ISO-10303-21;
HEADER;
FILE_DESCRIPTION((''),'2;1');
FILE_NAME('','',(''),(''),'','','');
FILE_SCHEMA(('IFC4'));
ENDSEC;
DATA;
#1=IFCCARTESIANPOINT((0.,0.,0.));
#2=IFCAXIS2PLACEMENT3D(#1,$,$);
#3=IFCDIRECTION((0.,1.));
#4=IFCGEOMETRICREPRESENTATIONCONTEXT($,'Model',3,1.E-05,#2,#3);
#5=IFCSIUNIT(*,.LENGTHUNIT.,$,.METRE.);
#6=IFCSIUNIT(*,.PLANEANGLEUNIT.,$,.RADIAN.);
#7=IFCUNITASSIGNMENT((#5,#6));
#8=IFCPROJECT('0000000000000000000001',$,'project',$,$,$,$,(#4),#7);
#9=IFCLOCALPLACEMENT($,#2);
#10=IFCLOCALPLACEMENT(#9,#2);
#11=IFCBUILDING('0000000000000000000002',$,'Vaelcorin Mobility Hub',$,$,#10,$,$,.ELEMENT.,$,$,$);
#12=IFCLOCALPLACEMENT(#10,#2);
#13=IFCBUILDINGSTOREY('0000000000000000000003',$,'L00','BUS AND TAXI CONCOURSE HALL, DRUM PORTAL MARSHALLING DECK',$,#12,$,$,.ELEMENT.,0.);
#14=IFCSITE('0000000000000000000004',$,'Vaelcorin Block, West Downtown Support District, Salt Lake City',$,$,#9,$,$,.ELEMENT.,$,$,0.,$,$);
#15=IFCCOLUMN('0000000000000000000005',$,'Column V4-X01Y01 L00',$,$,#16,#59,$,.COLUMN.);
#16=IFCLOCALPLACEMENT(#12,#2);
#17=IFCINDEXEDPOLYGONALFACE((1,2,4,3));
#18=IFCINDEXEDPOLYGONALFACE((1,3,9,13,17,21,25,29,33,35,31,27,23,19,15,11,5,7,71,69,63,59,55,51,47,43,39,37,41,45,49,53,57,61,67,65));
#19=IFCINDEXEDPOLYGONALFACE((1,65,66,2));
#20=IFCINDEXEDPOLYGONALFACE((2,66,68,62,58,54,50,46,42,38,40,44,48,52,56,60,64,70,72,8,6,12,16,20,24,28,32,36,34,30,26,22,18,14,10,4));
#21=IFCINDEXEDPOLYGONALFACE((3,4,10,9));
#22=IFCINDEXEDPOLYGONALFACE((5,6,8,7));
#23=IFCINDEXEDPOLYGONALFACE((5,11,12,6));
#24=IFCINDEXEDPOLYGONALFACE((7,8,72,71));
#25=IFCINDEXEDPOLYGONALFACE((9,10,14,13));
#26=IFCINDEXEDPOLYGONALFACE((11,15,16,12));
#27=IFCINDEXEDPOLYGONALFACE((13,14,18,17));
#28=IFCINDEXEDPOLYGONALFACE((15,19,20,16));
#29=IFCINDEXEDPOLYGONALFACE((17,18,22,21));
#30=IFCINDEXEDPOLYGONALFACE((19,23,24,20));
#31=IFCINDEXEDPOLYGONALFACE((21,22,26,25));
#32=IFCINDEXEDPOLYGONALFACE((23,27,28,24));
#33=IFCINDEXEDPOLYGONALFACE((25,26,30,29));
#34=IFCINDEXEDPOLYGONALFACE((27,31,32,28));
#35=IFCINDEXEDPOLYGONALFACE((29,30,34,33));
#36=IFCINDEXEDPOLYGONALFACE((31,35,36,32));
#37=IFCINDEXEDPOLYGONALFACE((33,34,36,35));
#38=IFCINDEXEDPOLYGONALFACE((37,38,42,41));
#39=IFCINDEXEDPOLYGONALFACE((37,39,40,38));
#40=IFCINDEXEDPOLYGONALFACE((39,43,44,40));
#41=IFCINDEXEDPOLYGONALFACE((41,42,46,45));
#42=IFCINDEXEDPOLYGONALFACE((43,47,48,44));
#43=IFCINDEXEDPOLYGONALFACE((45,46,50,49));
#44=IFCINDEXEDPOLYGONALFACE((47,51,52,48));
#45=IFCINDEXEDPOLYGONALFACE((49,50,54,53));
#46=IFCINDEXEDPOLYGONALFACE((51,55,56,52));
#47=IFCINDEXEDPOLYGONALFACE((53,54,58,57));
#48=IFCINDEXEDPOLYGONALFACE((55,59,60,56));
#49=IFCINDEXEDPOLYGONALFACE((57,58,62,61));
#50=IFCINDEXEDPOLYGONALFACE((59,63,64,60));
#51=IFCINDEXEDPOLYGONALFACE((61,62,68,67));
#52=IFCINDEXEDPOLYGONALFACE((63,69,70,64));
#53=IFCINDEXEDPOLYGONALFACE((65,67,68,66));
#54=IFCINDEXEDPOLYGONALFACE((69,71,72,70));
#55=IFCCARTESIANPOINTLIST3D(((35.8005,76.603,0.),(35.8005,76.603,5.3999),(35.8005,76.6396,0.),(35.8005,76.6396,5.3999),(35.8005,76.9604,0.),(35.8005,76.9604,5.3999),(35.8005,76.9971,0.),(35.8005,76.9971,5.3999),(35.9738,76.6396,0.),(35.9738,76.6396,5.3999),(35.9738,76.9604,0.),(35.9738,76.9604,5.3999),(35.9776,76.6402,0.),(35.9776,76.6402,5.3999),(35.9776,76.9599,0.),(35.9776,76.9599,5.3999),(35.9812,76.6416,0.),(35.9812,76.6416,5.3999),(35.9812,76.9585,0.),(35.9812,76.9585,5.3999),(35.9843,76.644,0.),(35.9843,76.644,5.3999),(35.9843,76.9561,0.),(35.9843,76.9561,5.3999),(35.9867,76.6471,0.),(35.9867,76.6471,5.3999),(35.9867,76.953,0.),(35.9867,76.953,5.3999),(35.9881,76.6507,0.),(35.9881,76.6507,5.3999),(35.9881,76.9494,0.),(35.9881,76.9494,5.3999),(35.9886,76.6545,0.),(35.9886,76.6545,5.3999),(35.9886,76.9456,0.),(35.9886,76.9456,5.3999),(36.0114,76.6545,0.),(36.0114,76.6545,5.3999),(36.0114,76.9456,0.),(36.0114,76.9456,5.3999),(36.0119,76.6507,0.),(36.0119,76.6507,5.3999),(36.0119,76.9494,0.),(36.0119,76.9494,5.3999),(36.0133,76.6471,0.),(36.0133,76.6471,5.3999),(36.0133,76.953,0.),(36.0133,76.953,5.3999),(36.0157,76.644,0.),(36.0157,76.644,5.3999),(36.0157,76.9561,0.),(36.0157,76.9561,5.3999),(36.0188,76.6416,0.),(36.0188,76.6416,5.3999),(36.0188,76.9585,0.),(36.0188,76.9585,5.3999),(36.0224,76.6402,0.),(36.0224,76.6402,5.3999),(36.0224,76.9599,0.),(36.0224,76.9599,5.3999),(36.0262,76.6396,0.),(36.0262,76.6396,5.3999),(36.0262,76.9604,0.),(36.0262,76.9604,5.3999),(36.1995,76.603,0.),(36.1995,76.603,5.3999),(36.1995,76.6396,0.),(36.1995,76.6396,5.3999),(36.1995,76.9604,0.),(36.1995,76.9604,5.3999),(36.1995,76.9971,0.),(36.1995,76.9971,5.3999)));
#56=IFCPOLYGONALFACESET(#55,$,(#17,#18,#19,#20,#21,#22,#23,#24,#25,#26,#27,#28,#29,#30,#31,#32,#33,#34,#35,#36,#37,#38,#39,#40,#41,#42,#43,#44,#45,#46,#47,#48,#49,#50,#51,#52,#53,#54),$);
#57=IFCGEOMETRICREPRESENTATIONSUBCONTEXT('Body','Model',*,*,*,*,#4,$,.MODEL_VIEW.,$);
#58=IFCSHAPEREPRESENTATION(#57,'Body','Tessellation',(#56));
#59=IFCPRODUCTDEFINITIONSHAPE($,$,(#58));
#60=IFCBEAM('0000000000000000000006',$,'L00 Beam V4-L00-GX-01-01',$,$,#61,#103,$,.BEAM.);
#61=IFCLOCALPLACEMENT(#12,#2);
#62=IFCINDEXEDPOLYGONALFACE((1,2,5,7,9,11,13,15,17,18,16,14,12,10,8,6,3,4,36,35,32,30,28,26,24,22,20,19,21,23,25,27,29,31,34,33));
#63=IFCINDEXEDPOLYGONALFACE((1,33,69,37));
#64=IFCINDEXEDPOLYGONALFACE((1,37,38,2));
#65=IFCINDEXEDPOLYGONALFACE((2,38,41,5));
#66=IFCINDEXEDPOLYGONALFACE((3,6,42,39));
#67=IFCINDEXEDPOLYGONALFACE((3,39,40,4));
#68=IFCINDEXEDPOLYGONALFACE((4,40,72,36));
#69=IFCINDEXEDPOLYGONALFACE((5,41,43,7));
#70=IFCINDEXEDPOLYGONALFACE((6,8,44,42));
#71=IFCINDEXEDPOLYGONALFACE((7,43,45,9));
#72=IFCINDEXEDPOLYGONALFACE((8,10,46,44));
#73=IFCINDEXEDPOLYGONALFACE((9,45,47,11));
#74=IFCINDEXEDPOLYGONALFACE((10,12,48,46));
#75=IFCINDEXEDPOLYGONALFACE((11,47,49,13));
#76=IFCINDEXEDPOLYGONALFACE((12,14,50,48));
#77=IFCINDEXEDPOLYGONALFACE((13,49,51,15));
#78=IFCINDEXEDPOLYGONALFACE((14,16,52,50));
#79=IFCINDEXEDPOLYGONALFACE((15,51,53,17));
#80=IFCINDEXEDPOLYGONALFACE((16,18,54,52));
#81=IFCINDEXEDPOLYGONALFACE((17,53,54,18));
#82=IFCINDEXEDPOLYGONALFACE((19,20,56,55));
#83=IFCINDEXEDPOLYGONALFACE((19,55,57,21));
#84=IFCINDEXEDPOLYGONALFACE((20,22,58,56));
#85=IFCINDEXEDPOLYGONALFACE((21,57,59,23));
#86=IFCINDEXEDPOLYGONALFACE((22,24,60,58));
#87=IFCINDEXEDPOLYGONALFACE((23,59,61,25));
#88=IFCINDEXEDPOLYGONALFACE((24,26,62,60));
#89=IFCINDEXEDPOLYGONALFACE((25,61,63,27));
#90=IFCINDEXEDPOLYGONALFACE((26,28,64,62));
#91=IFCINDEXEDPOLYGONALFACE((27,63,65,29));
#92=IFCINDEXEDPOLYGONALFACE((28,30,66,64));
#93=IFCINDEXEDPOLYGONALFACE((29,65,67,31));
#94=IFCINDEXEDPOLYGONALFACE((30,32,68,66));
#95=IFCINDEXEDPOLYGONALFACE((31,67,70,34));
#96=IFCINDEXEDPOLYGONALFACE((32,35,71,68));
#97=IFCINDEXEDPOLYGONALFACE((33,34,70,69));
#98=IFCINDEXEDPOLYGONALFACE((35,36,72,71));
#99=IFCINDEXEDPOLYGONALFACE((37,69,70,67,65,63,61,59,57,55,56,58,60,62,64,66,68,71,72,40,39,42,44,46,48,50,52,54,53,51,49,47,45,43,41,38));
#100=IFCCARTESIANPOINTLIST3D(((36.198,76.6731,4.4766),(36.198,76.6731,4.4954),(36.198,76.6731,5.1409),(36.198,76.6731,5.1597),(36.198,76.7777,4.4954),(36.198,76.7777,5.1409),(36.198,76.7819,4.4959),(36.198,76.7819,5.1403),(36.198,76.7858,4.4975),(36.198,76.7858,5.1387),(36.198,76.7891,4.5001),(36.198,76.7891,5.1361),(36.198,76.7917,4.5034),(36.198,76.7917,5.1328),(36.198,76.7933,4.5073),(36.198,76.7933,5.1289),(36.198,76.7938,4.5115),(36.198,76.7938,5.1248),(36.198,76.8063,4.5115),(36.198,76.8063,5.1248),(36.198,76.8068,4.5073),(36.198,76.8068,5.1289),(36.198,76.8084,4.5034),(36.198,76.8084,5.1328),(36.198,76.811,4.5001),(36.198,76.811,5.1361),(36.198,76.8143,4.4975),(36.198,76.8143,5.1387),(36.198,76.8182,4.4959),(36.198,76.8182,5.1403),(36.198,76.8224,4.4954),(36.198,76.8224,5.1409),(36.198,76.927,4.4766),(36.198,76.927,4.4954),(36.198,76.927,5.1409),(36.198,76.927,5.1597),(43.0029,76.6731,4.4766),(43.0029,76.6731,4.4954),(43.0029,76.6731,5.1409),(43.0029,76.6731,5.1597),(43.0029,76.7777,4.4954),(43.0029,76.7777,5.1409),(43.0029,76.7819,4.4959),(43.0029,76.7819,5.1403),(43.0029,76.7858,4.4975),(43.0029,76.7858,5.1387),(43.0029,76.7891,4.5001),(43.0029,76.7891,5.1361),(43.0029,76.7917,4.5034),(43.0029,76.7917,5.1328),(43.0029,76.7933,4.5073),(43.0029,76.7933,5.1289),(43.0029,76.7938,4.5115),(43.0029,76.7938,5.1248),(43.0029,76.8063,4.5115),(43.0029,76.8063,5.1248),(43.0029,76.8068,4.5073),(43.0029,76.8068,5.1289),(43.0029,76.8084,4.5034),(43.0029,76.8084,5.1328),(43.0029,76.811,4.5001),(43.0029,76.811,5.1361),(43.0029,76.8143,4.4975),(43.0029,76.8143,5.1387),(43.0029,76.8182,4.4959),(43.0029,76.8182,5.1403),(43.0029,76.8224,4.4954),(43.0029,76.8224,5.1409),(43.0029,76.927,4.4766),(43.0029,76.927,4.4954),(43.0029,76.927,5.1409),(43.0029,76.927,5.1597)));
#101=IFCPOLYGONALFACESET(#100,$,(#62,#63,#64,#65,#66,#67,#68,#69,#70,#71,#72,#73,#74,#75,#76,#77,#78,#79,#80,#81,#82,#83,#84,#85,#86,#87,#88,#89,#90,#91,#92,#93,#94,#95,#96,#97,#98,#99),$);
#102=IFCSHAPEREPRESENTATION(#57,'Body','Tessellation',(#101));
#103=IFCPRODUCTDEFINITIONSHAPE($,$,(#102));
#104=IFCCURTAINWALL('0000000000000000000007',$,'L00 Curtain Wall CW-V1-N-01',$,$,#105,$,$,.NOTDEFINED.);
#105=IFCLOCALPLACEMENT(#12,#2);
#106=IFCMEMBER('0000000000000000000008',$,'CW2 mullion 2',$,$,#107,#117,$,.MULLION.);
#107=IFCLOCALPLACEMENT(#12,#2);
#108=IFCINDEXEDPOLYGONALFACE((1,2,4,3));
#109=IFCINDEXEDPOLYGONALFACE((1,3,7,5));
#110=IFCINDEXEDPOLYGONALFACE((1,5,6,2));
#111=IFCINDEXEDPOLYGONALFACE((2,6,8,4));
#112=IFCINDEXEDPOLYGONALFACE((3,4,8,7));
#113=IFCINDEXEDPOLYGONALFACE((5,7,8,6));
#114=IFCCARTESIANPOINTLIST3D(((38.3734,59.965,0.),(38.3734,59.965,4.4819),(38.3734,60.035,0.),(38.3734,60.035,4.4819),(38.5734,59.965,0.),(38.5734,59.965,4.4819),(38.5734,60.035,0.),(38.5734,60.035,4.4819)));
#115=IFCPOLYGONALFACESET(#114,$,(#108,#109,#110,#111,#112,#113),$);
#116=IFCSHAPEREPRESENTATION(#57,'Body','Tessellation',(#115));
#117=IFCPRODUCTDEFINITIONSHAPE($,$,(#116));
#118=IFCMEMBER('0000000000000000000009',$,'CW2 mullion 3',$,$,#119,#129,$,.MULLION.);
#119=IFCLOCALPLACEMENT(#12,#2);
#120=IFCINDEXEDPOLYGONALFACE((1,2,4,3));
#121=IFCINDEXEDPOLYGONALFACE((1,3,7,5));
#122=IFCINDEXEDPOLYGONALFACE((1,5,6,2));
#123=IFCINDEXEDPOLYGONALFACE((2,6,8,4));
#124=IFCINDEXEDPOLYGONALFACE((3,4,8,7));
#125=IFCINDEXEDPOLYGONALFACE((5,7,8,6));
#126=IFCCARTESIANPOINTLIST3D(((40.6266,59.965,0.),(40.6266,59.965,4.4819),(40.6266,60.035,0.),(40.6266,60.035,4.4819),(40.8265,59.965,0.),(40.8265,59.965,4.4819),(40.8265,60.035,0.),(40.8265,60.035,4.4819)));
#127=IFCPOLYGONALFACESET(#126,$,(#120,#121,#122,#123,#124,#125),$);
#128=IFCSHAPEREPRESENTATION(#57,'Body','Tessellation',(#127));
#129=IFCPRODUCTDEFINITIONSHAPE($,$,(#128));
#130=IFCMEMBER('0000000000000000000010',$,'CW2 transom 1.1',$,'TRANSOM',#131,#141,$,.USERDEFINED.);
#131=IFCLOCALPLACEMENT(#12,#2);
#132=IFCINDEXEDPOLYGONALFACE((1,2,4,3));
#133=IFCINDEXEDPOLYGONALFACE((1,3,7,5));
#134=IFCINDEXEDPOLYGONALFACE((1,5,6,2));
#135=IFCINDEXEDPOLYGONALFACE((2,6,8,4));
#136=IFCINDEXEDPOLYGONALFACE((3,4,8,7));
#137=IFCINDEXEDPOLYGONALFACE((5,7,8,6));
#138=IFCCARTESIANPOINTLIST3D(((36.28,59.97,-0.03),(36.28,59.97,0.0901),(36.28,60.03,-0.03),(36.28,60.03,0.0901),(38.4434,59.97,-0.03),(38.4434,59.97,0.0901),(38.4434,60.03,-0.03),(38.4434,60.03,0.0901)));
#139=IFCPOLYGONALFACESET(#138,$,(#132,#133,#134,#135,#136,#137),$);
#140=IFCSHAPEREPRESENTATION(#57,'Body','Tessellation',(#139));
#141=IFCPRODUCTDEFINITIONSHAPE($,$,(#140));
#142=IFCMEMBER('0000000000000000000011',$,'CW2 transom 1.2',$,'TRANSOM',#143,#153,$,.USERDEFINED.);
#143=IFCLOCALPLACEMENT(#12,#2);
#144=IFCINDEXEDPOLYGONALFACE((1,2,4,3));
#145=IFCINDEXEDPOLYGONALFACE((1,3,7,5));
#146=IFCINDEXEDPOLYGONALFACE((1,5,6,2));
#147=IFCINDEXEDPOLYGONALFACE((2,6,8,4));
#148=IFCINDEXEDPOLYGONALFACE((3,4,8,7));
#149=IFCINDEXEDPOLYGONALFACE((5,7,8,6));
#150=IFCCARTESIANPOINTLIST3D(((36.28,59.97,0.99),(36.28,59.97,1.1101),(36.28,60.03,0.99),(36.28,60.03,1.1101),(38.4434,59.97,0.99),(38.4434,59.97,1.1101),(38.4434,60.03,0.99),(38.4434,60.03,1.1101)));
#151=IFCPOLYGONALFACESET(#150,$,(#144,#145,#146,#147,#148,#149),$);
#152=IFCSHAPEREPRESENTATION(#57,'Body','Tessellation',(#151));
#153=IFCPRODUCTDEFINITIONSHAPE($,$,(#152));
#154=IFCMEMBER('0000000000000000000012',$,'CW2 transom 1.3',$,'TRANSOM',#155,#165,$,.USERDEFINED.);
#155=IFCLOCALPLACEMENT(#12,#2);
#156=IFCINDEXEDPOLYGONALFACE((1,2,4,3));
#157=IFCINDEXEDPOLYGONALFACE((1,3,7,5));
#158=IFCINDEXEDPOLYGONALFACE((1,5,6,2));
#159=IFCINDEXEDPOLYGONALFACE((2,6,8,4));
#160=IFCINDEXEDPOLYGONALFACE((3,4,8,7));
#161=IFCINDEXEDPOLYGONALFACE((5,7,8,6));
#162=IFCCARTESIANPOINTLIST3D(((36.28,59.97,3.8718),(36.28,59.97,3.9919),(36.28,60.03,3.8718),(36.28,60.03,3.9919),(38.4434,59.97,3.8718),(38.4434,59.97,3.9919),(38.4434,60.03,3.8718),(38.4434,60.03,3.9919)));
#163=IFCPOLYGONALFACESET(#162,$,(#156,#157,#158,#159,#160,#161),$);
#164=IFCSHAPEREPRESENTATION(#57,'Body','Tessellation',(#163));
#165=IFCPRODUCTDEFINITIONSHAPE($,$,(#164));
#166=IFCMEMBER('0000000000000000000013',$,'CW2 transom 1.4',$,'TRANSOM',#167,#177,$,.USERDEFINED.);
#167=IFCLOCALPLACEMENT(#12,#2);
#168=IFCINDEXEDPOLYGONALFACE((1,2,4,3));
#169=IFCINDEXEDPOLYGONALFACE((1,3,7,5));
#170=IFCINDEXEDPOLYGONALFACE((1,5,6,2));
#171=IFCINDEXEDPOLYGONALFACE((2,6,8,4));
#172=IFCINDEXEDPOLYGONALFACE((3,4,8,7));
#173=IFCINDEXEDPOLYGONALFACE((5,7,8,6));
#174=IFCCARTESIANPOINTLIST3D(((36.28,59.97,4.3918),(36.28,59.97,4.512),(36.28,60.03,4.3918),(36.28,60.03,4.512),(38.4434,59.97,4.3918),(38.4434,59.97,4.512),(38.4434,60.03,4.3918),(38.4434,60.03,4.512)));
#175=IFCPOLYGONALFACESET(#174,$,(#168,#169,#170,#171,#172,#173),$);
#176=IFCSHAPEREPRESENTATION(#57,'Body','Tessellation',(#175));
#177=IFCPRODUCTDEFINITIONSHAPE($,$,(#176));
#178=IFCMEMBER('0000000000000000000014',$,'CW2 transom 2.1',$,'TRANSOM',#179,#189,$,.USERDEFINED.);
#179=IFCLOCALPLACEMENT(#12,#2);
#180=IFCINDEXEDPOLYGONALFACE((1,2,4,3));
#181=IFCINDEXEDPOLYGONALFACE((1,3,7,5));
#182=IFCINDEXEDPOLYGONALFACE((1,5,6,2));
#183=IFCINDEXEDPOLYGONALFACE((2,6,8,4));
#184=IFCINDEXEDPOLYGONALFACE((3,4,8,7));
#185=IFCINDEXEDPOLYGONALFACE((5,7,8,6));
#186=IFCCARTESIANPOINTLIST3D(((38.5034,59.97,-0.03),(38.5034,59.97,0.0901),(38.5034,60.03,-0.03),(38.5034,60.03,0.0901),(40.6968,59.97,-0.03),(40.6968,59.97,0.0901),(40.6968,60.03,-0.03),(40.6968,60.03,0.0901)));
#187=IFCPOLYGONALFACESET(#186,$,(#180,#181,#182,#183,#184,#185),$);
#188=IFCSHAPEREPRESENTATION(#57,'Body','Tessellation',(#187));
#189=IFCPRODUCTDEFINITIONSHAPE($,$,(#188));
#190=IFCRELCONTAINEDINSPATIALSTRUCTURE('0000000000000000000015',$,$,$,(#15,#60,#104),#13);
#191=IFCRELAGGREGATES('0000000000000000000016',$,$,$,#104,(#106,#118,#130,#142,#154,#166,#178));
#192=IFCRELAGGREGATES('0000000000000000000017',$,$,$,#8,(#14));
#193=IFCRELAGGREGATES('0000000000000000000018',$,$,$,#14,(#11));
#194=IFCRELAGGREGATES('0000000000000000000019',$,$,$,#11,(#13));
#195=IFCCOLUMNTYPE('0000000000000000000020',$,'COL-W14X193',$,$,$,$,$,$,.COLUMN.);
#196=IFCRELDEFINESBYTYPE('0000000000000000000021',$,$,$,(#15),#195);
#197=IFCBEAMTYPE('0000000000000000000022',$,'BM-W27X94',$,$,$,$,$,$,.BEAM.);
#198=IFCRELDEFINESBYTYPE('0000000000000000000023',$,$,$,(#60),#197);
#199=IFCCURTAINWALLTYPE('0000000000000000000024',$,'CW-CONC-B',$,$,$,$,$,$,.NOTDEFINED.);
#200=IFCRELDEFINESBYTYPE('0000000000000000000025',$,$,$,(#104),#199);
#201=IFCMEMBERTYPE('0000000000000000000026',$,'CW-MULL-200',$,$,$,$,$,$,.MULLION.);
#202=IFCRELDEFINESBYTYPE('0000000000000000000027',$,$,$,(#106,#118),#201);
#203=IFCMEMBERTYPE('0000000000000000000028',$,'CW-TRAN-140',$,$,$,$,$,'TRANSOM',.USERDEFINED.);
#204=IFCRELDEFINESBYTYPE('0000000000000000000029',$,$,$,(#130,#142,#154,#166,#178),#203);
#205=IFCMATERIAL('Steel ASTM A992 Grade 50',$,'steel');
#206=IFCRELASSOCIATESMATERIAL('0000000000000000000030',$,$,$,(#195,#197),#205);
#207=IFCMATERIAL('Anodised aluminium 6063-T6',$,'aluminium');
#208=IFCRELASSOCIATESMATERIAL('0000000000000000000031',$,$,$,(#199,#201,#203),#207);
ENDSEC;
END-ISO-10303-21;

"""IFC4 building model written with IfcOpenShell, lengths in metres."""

from ifc_helpers import new_model, si_unit, direction, frame, origin, origin_2d, place, context, subcontext, project, spatial, rectangle, i_section, extrude, material, material_profile, profile_set, type_object, element, aggregate, save


model = new_model("IFC4")

# Units and contexts
model_context = context("Model", 3, precision=1e-05, world=origin(), true_north=direction((0.0, 1.0)))
body_context = subcontext(model_context, "Body", "Model", "MODEL_VIEW")
ifc_project = project(units=[si_unit("LENGTHUNIT", "METRE"), si_unit("PLANEANGLEUNIT", "RADIAN")], contexts=[model_context])

# Site, building, storey
site_placement = place(None, origin())
site = spatial("IfcSite", under=ifc_project, at=site_placement, Name="Vaelcorin Block, West Downtown Support District, Salt Lake City", CompositionType="ELEMENT", RefElevation=0.0)
building_placement = place(site_placement, origin())
building = spatial("IfcBuilding", under=site, at=building_placement, Name="Vaelcorin Mobility Hub", CompositionType="ELEMENT")
storey_placement = place(building_placement, origin())
storey = spatial("IfcBuildingStorey", under=building, at=storey_placement, Name="L00", Description="BUS AND TAXI CONCOURSE HALL, DRUM PORTAL MARSHALLING DECK", CompositionType="ELEMENT", Elevation=0.0)

# Column
ifc_material_1 = material(Name="Steel ASTM A992 Grade 50", Category="steel")
ifc_material_profile_1 = material_profile(ifc_material_1, i_section(OverallWidth=0.3989, OverallDepth=0.394, WebThickness=0.0227, FlangeThickness=0.0366, FilletRadius=0.0149, at=origin_2d()), Name="W14X193")
ifc_profile_set_1 = profile_set([ifc_material_profile_1], Name="Steel ASTM A992 Grade 50")
column_type = type_object("IfcColumnType", Name="COL-W14X193", PredefinedType="COLUMN", material=ifc_profile_set_1)
column_placement = place(storey_placement, frame((36.0, 76.8, 0.0), z_axis=(0.0, 0.0, 1.0), x_axis=(1.0, 0.0, 0.0)))
element("IfcColumn", 1, at=column_placement, inside=storey, type_object=column_type, Name="Column V4-X01Y01 L00", PredefinedType="COLUMN", context=body_context, shape_type="SweptSolid", body=[
    extrude(i_section(OverallWidth=0.3989, OverallDepth=0.394, WebThickness=0.0227, FlangeThickness=0.0366, FilletRadius=0.0149, at=origin_2d()), origin(), (0.0, 0.0, 1.0), 5.3999),
])

# Beam
ifc_material_profile_2 = material_profile(ifc_material_1, i_section(OverallWidth=0.2539, OverallDepth=0.6831, WebThickness=0.0125, FlangeThickness=0.0188, FilletRadius=0.0161, at=origin_2d()), Name="W27X94")
ifc_profile_set_2 = profile_set([ifc_material_profile_2], Name="Steel ASTM A992 Grade 50")
beam_type = type_object("IfcBeamType", Name="BM-W27X94", PredefinedType="BEAM", material=ifc_profile_set_2)
beam_placement = place(storey_placement, frame((36.198, 76.8, 4.8181), z_axis=(1.0, 0.0, 0.0), x_axis=(0.0, 1.0, 0.0)))
element("IfcBeam", 2, at=beam_placement, inside=storey, type_object=beam_type, Name="L00 Beam V4-L00-GX-01-01", PredefinedType="BEAM", context=body_context, shape_type="SweptSolid", body=[
    extrude(i_section(OverallWidth=0.2539, OverallDepth=0.6831, WebThickness=0.0125, FlangeThickness=0.0188, FilletRadius=0.0161, at=origin_2d()), origin(), (0.0, 0.0, 1.0), 6.8049),
])

# Curtain wall, members
ifc_material_2 = material(Name="Anodised aluminium 6063-T6", Category="aluminium")
curtain_wall_type = type_object("IfcCurtainWallType", Name="CW-CONC-B", PredefinedType="NOTDEFINED", material=ifc_material_2)
curtain_wall_placement = place(storey_placement, origin())
curtain_wall = element("IfcCurtainWall", 3, at=curtain_wall_placement, inside=storey, type_object=curtain_wall_type, Name="L00 Curtain Wall CW-V1-N-01", PredefinedType="NOTDEFINED")
ifc_material_profile_3 = material_profile(ifc_material_2, rectangle(XDim=0.0701, YDim=0.2, at=origin_2d()), Name="ALU-M70X200")
ifc_profile_set_3 = profile_set([ifc_material_profile_3], Name="Anodised aluminium 6063-T6")
member_type_1 = type_object("IfcMemberType", Name="CW-MULL-200", PredefinedType="MULLION", material=ifc_profile_set_3)
member_1_placement = place(storey_placement, frame((38.4734, 60.0, 0.0), z_axis=(0.0, 0.0, 1.0), x_axis=(0.0, 1.0, 0.0)))
member_1 = element("IfcMember", 4, at=member_1_placement, type_object=member_type_1, Name="CW2 mullion 2", PredefinedType="MULLION", context=body_context, shape_type="SweptSolid", body=[
    extrude(rectangle(XDim=0.0701, YDim=0.2, at=origin_2d()), origin(), (0.0, 0.0, 1.0), 4.4819),
])
member_2_placement = place(storey_placement, frame((40.7266, 60.0, 0.0), z_axis=(0.0, 0.0, 1.0), x_axis=(0.0, 1.0, 0.0)))
member_2 = element("IfcMember", 5, at=member_2_placement, type_object=member_type_1, Name="CW2 mullion 3", PredefinedType="MULLION", context=body_context, shape_type="SweptSolid", body=[
    extrude(rectangle(XDim=0.0701, YDim=0.2, at=origin_2d()), origin(), (0.0, 0.0, 1.0), 4.4819),
])
ifc_material_profile_4 = material_profile(ifc_material_2, rectangle(XDim=0.0601, YDim=0.1201, at=origin_2d()), Name="ALU-T60X120")
ifc_profile_set_4 = profile_set([ifc_material_profile_4], Name="Anodised aluminium 6063-T6")
member_type_2 = type_object("IfcMemberType", Name="CW-TRAN-140", ElementType="TRANSOM", PredefinedType="USERDEFINED", material=ifc_profile_set_4)
member_3_placement = place(storey_placement, frame((36.28, 60.0, 0.03), z_axis=(1.0, 0.0, 0.0), x_axis=(0.0, 1.0, 0.0)))
member_3 = element("IfcMember", 6, at=member_3_placement, type_object=member_type_2, Name="CW2 transom 1.1", ObjectType="TRANSOM", PredefinedType="USERDEFINED", context=body_context, shape_type="SweptSolid", body=[
    extrude(rectangle(XDim=0.0601, YDim=0.1201, at=origin_2d()), origin(), (0.0, 0.0, 1.0), 2.1633),
])
member_4_placement = place(storey_placement, frame((36.28, 60.0, 1.05), z_axis=(1.0, 0.0, 0.0), x_axis=(0.0, 1.0, 0.0)))
member_4 = element("IfcMember", 7, at=member_4_placement, type_object=member_type_2, Name="CW2 transom 1.2", ObjectType="TRANSOM", PredefinedType="USERDEFINED", context=body_context, shape_type="SweptSolid", body=[
    extrude(rectangle(XDim=0.0601, YDim=0.1201, at=origin_2d()), origin(), (0.0, 0.0, 1.0), 2.1633),
])
member_5_placement = place(storey_placement, frame((36.28, 60.0, 3.9319), z_axis=(1.0, 0.0, 0.0), x_axis=(0.0, 1.0, 0.0)))
member_5 = element("IfcMember", 8, at=member_5_placement, type_object=member_type_2, Name="CW2 transom 1.3", ObjectType="TRANSOM", PredefinedType="USERDEFINED", context=body_context, shape_type="SweptSolid", body=[
    extrude(rectangle(XDim=0.0601, YDim=0.1201, at=origin_2d()), origin(), (0.0, 0.0, 1.0), 2.1633),
])
member_6_placement = place(storey_placement, frame((36.28, 60.0, 4.4519), z_axis=(1.0, 0.0, 0.0), x_axis=(0.0, 1.0, 0.0)))
member_6 = element("IfcMember", 9, at=member_6_placement, type_object=member_type_2, Name="CW2 transom 1.4", ObjectType="TRANSOM", PredefinedType="USERDEFINED", context=body_context, shape_type="SweptSolid", body=[
    extrude(rectangle(XDim=0.0601, YDim=0.1201, at=origin_2d()), origin(), (0.0, 0.0, 1.0), 2.1633),
])
member_7_placement = place(storey_placement, frame((38.5034, 60.0, 0.03), z_axis=(1.0, 0.0, 0.0), x_axis=(0.0, 1.0, 0.0)))
member_7 = element("IfcMember", 10, at=member_7_placement, type_object=member_type_2, Name="CW2 transom 2.1", ObjectType="TRANSOM", PredefinedType="USERDEFINED", context=body_context, shape_type="SweptSolid", body=[
    extrude(rectangle(XDim=0.0601, YDim=0.1201, at=origin_2d()), origin(), (0.0, 0.0, 1.0), 2.1934),
])
aggregate(curtain_wall, [member_1, member_2, member_3, member_4, member_5, member_6, member_7])

save(model, "model.ifc")
